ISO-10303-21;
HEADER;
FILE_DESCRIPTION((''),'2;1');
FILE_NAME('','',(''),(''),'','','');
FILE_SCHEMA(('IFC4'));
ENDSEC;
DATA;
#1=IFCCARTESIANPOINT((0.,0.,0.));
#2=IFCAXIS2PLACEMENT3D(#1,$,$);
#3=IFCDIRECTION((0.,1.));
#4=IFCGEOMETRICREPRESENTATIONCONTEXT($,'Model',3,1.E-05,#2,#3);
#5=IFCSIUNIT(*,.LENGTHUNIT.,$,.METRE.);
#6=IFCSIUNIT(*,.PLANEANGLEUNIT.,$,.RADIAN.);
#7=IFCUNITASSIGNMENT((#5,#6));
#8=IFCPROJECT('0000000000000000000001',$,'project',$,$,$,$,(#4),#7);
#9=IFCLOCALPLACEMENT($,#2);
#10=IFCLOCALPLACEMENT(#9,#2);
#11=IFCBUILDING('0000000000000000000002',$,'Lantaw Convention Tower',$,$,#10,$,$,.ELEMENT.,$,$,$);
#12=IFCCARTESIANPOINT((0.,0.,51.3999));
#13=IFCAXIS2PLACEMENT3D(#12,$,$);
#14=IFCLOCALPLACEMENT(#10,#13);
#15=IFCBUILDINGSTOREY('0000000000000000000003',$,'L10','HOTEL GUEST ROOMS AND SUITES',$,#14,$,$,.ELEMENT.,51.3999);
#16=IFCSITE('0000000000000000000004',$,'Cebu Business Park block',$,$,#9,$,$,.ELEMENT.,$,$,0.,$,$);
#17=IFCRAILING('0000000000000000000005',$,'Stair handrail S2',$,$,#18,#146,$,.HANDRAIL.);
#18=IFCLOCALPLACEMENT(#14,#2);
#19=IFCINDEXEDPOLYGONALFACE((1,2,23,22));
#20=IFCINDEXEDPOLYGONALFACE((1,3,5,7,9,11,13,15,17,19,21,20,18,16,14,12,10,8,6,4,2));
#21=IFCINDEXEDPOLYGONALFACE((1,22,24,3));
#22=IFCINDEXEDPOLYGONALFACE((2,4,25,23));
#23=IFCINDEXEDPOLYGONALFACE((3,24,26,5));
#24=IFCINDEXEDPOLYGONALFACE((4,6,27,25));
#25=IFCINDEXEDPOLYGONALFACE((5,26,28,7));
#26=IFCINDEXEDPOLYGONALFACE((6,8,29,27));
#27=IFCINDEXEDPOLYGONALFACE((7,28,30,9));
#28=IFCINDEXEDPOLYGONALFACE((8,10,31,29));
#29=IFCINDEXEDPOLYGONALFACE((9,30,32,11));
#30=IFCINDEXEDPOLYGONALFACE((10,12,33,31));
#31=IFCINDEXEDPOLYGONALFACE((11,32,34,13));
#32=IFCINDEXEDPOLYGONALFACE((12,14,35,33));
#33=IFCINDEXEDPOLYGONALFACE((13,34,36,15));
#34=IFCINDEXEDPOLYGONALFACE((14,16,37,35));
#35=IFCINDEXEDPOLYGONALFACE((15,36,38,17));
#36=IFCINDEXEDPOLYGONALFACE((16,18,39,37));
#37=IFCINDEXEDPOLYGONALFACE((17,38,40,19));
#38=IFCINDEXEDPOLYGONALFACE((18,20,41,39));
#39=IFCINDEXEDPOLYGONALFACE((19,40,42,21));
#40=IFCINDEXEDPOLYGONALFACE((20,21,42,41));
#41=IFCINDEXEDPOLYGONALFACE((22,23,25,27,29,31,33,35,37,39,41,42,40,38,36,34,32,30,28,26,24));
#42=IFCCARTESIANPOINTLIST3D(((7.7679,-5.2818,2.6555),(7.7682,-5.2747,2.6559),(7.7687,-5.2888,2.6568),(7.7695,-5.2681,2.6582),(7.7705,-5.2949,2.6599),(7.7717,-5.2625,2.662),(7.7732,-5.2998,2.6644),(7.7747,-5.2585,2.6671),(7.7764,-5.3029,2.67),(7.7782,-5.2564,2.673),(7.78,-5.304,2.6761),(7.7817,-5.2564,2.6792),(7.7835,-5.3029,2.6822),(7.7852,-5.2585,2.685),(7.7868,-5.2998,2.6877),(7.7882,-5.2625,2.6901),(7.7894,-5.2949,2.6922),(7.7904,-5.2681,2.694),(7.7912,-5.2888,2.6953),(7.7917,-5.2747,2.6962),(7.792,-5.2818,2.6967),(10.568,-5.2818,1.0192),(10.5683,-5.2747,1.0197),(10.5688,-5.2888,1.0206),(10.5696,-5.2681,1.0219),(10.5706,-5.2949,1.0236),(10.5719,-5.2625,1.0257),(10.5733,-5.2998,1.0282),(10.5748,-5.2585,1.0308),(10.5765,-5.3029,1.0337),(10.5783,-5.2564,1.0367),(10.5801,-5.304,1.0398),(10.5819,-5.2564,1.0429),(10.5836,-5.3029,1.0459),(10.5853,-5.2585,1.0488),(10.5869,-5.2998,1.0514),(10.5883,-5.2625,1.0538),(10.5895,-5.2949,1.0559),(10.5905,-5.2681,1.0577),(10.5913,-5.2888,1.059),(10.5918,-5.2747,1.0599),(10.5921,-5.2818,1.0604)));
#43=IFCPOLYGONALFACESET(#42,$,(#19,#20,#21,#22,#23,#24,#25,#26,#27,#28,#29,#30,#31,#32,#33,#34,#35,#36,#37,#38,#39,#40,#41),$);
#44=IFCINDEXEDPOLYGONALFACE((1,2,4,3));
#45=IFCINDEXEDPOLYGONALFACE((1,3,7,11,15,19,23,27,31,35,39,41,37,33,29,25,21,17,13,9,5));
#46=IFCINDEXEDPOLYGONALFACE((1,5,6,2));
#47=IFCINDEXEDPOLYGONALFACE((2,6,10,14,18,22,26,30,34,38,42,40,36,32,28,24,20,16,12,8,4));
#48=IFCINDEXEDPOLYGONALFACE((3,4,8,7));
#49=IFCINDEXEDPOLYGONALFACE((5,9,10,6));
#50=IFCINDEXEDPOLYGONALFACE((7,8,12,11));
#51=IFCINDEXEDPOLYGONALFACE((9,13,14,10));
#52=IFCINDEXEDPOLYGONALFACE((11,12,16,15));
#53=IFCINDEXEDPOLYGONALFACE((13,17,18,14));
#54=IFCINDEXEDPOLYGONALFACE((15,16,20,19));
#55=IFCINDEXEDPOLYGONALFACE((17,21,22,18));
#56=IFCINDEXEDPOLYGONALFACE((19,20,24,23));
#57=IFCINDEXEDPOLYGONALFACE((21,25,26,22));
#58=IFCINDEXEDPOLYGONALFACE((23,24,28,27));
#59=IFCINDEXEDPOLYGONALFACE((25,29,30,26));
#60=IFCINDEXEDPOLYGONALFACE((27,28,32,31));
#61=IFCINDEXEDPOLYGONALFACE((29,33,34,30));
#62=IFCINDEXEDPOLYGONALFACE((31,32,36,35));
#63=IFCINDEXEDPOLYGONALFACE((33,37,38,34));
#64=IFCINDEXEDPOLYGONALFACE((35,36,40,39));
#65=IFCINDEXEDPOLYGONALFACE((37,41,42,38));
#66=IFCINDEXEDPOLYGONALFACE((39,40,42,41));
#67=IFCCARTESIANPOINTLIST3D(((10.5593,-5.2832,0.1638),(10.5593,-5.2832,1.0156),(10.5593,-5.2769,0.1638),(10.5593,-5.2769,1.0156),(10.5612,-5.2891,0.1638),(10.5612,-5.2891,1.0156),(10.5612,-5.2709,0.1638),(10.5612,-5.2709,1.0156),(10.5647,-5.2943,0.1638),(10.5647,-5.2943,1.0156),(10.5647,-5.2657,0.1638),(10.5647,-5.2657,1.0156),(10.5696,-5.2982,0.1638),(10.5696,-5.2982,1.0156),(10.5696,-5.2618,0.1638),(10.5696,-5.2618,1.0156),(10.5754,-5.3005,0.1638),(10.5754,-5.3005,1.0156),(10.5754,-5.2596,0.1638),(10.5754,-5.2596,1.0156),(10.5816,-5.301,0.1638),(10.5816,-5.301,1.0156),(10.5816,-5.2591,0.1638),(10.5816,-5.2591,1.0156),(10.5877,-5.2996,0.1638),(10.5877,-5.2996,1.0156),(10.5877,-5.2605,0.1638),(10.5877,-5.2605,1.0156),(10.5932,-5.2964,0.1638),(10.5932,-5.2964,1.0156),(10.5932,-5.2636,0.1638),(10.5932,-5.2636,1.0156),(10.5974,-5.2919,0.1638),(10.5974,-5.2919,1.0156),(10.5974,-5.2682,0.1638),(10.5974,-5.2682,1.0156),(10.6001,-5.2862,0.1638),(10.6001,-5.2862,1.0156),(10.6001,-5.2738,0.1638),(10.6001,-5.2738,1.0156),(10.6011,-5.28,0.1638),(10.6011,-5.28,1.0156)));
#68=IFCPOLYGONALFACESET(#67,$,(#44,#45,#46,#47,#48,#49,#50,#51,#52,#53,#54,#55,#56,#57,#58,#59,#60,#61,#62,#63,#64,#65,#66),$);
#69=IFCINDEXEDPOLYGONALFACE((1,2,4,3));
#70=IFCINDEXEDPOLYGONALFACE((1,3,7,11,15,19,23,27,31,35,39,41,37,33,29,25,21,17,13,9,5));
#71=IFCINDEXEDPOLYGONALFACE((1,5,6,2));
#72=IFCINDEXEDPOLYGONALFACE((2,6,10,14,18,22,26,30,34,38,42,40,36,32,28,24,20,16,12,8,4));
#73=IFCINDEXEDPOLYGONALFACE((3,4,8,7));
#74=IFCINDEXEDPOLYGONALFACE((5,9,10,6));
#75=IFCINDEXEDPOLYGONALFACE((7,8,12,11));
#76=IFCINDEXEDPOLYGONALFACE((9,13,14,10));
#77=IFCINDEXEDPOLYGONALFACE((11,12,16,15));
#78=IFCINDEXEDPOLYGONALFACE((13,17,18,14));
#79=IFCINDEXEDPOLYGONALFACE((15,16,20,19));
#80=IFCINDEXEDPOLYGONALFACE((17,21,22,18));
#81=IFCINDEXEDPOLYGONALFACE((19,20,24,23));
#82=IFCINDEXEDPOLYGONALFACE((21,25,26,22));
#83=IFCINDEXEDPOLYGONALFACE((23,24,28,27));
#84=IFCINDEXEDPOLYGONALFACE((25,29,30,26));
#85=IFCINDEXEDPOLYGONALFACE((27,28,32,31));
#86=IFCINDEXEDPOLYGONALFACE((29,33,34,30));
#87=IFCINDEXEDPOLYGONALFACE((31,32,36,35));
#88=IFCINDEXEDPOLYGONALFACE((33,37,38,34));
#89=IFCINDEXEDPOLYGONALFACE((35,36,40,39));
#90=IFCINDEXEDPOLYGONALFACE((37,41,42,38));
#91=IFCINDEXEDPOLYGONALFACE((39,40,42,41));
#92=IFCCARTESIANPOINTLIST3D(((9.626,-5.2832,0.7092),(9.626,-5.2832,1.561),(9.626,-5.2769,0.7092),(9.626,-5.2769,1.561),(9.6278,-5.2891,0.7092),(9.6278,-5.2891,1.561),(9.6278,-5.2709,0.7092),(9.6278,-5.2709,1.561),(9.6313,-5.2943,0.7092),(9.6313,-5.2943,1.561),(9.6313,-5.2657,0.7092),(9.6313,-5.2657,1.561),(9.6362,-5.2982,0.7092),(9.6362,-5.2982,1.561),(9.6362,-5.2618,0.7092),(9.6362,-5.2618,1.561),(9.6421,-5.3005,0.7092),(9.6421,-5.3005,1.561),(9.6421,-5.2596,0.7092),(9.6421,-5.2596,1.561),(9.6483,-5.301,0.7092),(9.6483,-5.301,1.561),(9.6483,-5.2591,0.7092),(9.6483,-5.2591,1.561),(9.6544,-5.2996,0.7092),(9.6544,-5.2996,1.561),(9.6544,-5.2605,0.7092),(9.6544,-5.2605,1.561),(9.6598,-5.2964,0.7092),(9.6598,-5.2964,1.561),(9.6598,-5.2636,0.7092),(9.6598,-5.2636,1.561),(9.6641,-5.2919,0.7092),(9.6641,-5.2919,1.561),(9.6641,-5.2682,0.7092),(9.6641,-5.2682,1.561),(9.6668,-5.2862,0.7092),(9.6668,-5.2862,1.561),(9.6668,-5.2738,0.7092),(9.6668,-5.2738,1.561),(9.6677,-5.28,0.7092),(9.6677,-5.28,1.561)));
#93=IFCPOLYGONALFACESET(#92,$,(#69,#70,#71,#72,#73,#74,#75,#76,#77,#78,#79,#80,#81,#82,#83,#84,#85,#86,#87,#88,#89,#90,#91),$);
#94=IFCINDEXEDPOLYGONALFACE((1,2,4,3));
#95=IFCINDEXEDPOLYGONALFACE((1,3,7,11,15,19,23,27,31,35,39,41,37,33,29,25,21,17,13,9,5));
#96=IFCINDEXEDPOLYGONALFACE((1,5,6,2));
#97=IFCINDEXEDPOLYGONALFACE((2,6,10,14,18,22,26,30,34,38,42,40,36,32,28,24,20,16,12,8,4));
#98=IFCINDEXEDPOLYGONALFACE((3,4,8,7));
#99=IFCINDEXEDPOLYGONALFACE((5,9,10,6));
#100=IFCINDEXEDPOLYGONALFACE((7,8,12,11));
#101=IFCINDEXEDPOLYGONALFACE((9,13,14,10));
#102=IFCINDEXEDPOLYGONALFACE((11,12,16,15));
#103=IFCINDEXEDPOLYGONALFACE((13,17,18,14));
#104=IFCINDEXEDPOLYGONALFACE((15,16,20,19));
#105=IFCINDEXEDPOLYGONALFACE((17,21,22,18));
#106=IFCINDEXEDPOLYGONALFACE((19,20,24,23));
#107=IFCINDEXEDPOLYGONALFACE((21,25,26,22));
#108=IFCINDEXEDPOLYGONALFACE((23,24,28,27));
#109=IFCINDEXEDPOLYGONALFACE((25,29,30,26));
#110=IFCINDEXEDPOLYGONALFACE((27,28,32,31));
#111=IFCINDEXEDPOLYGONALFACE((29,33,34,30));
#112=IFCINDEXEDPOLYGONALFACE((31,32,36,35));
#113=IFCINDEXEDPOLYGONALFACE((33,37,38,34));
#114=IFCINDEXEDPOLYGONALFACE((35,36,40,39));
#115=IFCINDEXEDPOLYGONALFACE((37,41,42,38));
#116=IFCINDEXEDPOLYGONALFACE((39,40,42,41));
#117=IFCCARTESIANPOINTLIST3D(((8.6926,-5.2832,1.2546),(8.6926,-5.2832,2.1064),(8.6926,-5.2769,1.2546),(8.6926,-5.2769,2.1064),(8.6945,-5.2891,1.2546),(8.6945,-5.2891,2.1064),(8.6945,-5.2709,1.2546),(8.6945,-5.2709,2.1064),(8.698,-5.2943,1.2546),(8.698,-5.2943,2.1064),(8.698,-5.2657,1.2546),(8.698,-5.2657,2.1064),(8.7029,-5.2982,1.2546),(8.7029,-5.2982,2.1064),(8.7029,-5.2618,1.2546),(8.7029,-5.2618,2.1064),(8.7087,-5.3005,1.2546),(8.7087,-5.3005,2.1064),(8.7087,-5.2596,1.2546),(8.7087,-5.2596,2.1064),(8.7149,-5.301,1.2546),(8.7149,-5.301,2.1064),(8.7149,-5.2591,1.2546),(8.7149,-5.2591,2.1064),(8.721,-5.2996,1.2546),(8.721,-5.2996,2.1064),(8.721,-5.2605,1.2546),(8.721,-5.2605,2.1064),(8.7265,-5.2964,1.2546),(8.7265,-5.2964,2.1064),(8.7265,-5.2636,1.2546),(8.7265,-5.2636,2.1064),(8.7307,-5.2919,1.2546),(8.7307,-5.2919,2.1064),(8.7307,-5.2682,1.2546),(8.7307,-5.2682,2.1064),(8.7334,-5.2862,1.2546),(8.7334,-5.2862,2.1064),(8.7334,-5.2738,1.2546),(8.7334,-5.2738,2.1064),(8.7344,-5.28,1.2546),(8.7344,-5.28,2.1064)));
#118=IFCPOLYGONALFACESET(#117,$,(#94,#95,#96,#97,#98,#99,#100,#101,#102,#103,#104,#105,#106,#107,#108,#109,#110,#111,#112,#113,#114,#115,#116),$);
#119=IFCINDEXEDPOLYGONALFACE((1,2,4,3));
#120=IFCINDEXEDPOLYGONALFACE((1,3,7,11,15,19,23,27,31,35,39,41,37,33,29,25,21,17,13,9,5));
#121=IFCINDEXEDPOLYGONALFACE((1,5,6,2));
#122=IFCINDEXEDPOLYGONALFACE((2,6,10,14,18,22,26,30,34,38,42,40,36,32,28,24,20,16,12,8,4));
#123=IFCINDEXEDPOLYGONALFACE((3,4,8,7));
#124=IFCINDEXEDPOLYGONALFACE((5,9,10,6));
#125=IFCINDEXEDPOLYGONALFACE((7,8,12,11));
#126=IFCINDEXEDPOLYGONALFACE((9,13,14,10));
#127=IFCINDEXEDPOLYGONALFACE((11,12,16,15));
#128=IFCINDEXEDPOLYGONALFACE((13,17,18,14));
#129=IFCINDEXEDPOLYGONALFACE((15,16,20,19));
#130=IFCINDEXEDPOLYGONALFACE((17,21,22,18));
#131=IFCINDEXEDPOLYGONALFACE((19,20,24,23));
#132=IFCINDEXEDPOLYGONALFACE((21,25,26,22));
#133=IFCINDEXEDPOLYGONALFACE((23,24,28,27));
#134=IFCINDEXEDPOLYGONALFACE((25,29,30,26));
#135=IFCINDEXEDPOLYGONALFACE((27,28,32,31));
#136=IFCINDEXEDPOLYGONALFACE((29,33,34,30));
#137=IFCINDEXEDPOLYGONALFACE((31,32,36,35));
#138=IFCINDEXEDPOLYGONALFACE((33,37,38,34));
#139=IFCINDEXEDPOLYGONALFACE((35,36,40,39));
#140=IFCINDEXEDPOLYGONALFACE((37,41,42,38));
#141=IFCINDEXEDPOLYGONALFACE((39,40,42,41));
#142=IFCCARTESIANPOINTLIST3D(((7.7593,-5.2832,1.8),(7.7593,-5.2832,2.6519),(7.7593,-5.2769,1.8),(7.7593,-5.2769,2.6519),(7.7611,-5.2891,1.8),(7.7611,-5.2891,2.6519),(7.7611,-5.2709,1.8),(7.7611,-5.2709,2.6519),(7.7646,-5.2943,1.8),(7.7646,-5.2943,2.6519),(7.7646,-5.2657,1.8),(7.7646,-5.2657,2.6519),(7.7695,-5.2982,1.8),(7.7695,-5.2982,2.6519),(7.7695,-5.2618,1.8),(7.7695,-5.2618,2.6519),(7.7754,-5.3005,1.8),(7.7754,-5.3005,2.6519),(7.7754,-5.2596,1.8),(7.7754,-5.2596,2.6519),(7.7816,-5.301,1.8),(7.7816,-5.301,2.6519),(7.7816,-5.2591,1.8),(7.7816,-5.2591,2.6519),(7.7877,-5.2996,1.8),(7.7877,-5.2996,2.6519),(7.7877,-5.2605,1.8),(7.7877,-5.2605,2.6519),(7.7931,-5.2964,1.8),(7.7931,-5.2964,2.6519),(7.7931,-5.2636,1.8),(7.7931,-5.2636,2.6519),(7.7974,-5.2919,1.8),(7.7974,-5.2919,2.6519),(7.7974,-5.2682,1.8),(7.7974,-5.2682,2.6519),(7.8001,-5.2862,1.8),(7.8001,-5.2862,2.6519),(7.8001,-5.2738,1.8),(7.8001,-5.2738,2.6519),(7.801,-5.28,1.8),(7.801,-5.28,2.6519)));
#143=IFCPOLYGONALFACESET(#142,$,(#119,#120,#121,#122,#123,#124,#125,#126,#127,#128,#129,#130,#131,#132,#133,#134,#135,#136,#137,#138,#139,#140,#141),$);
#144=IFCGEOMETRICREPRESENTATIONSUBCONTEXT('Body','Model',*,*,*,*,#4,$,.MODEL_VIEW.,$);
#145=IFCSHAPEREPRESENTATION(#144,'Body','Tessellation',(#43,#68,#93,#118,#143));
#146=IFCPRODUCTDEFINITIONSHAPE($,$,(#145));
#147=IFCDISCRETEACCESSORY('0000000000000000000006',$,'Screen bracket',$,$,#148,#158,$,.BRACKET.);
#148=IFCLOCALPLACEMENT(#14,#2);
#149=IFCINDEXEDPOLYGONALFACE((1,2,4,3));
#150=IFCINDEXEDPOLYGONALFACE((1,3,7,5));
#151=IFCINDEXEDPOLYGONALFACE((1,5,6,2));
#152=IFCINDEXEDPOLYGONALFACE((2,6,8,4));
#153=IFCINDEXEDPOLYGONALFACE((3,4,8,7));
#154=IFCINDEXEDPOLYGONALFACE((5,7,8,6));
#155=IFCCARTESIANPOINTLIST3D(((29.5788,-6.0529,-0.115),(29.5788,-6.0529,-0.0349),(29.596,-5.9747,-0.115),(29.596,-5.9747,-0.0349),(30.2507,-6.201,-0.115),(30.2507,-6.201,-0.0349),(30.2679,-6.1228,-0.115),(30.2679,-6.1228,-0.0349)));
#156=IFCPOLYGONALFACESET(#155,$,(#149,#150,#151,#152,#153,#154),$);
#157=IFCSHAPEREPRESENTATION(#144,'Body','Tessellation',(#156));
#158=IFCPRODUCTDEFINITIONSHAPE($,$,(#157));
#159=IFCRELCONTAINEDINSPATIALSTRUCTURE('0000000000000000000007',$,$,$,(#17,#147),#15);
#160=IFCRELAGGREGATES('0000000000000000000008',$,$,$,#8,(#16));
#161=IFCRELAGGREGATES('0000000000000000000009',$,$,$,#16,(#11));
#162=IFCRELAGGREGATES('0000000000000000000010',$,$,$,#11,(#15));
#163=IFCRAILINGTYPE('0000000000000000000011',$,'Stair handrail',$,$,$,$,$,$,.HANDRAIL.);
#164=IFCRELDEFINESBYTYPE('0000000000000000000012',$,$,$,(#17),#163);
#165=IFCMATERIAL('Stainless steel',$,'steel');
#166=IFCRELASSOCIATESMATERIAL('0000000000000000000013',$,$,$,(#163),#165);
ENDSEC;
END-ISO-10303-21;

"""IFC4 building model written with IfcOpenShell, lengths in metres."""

from ifc_helpers import new_model, si_unit, direction, frame, origin, origin_2d, place, context, subcontext, project, spatial, rectangle, circle, extrude, material, type_object, element, save


model = new_model("IFC4")

# Units and contexts
model_context = context("Model", 3, precision=1e-05, world=origin(), true_north=direction((0.0, 1.0)))
body_context = subcontext(model_context, "Body", "Model", "MODEL_VIEW")
ifc_project = project(units=[si_unit("LENGTHUNIT", "METRE"), si_unit("PLANEANGLEUNIT", "RADIAN")], contexts=[model_context])

# Site, building, storey
site_placement = place(None, origin())
site = spatial("IfcSite", under=ifc_project, at=site_placement, Name="Cebu Business Park block", CompositionType="ELEMENT", RefElevation=0.0)
building_placement = place(site_placement, origin())
building = spatial("IfcBuilding", under=site, at=building_placement, Name="Lantaw Convention Tower", CompositionType="ELEMENT")
storey_placement = place(building_placement, frame((0.0, 0.0, 51.3999)))
storey = spatial("IfcBuildingStorey", under=building, at=storey_placement, Name="L10", Description="HOTEL GUEST ROOMS AND SUITES", CompositionType="ELEMENT", Elevation=51.3999)

# Railing
ifc_material_1 = material(Name="Stainless steel", Category="steel")
railing_type = type_object("IfcRailingType", Name="Stair handrail", PredefinedType="HANDRAIL", material=ifc_material_1)
railing_placement = place(storey_placement, frame((10.5801, -5.28, 0.1638)))
element("IfcRailing", 1, at=railing_placement, inside=storey, type_object=railing_type, Name="Stair handrail S2", PredefinedType="HANDRAIL", context=body_context, shape_type="SweptSolid", body=[
    extrude(circle(Radius=0.0239, at=origin_2d()), frame((0.0, 0.0, 0.876), z_axis=(-0.863394, 0.0, 0.504531), x_axis=(0.0, -1.0, 0.0)), (0.0, 0.0, 1.0), 3.2432),
    extrude(circle(Radius=0.021, at=origin_2d()), origin(), (0.0, 0.0, 1.0), 0.8518),
    extrude(circle(Radius=0.021, at=origin_2d()), frame((-0.9333, 0.0, 0.5454)), (0.0, 0.0, 1.0), 0.8518),
    extrude(circle(Radius=0.021, at=origin_2d()), frame((-1.8667, 0.0, 1.0908)), (0.0, 0.0, 1.0), 0.8518),
    extrude(circle(Radius=0.021, at=origin_2d()), frame((-2.8, 0.0, 1.6362)), (0.0, 0.0, 1.0), 0.8518),
])

# Discrete accessory
discrete_accessory_placement = place(storey_placement, frame((29.9233, -6.0879, -0.115), z_axis=(0.0, 0.0, 1.0), x_axis=(0.215246, 0.97656, 0.0)))
element("IfcDiscreteAccessory", 2, at=discrete_accessory_placement, inside=storey, Name="Screen bracket", PredefinedType="BRACKET", context=body_context, shape_type="SweptSolid", body=[
    extrude(rectangle(XDim=0.0801, YDim=0.688, at=origin_2d()), origin(), (0.0, 0.0, 1.0), 0.0801),
])

save(model, "model.ifc")
